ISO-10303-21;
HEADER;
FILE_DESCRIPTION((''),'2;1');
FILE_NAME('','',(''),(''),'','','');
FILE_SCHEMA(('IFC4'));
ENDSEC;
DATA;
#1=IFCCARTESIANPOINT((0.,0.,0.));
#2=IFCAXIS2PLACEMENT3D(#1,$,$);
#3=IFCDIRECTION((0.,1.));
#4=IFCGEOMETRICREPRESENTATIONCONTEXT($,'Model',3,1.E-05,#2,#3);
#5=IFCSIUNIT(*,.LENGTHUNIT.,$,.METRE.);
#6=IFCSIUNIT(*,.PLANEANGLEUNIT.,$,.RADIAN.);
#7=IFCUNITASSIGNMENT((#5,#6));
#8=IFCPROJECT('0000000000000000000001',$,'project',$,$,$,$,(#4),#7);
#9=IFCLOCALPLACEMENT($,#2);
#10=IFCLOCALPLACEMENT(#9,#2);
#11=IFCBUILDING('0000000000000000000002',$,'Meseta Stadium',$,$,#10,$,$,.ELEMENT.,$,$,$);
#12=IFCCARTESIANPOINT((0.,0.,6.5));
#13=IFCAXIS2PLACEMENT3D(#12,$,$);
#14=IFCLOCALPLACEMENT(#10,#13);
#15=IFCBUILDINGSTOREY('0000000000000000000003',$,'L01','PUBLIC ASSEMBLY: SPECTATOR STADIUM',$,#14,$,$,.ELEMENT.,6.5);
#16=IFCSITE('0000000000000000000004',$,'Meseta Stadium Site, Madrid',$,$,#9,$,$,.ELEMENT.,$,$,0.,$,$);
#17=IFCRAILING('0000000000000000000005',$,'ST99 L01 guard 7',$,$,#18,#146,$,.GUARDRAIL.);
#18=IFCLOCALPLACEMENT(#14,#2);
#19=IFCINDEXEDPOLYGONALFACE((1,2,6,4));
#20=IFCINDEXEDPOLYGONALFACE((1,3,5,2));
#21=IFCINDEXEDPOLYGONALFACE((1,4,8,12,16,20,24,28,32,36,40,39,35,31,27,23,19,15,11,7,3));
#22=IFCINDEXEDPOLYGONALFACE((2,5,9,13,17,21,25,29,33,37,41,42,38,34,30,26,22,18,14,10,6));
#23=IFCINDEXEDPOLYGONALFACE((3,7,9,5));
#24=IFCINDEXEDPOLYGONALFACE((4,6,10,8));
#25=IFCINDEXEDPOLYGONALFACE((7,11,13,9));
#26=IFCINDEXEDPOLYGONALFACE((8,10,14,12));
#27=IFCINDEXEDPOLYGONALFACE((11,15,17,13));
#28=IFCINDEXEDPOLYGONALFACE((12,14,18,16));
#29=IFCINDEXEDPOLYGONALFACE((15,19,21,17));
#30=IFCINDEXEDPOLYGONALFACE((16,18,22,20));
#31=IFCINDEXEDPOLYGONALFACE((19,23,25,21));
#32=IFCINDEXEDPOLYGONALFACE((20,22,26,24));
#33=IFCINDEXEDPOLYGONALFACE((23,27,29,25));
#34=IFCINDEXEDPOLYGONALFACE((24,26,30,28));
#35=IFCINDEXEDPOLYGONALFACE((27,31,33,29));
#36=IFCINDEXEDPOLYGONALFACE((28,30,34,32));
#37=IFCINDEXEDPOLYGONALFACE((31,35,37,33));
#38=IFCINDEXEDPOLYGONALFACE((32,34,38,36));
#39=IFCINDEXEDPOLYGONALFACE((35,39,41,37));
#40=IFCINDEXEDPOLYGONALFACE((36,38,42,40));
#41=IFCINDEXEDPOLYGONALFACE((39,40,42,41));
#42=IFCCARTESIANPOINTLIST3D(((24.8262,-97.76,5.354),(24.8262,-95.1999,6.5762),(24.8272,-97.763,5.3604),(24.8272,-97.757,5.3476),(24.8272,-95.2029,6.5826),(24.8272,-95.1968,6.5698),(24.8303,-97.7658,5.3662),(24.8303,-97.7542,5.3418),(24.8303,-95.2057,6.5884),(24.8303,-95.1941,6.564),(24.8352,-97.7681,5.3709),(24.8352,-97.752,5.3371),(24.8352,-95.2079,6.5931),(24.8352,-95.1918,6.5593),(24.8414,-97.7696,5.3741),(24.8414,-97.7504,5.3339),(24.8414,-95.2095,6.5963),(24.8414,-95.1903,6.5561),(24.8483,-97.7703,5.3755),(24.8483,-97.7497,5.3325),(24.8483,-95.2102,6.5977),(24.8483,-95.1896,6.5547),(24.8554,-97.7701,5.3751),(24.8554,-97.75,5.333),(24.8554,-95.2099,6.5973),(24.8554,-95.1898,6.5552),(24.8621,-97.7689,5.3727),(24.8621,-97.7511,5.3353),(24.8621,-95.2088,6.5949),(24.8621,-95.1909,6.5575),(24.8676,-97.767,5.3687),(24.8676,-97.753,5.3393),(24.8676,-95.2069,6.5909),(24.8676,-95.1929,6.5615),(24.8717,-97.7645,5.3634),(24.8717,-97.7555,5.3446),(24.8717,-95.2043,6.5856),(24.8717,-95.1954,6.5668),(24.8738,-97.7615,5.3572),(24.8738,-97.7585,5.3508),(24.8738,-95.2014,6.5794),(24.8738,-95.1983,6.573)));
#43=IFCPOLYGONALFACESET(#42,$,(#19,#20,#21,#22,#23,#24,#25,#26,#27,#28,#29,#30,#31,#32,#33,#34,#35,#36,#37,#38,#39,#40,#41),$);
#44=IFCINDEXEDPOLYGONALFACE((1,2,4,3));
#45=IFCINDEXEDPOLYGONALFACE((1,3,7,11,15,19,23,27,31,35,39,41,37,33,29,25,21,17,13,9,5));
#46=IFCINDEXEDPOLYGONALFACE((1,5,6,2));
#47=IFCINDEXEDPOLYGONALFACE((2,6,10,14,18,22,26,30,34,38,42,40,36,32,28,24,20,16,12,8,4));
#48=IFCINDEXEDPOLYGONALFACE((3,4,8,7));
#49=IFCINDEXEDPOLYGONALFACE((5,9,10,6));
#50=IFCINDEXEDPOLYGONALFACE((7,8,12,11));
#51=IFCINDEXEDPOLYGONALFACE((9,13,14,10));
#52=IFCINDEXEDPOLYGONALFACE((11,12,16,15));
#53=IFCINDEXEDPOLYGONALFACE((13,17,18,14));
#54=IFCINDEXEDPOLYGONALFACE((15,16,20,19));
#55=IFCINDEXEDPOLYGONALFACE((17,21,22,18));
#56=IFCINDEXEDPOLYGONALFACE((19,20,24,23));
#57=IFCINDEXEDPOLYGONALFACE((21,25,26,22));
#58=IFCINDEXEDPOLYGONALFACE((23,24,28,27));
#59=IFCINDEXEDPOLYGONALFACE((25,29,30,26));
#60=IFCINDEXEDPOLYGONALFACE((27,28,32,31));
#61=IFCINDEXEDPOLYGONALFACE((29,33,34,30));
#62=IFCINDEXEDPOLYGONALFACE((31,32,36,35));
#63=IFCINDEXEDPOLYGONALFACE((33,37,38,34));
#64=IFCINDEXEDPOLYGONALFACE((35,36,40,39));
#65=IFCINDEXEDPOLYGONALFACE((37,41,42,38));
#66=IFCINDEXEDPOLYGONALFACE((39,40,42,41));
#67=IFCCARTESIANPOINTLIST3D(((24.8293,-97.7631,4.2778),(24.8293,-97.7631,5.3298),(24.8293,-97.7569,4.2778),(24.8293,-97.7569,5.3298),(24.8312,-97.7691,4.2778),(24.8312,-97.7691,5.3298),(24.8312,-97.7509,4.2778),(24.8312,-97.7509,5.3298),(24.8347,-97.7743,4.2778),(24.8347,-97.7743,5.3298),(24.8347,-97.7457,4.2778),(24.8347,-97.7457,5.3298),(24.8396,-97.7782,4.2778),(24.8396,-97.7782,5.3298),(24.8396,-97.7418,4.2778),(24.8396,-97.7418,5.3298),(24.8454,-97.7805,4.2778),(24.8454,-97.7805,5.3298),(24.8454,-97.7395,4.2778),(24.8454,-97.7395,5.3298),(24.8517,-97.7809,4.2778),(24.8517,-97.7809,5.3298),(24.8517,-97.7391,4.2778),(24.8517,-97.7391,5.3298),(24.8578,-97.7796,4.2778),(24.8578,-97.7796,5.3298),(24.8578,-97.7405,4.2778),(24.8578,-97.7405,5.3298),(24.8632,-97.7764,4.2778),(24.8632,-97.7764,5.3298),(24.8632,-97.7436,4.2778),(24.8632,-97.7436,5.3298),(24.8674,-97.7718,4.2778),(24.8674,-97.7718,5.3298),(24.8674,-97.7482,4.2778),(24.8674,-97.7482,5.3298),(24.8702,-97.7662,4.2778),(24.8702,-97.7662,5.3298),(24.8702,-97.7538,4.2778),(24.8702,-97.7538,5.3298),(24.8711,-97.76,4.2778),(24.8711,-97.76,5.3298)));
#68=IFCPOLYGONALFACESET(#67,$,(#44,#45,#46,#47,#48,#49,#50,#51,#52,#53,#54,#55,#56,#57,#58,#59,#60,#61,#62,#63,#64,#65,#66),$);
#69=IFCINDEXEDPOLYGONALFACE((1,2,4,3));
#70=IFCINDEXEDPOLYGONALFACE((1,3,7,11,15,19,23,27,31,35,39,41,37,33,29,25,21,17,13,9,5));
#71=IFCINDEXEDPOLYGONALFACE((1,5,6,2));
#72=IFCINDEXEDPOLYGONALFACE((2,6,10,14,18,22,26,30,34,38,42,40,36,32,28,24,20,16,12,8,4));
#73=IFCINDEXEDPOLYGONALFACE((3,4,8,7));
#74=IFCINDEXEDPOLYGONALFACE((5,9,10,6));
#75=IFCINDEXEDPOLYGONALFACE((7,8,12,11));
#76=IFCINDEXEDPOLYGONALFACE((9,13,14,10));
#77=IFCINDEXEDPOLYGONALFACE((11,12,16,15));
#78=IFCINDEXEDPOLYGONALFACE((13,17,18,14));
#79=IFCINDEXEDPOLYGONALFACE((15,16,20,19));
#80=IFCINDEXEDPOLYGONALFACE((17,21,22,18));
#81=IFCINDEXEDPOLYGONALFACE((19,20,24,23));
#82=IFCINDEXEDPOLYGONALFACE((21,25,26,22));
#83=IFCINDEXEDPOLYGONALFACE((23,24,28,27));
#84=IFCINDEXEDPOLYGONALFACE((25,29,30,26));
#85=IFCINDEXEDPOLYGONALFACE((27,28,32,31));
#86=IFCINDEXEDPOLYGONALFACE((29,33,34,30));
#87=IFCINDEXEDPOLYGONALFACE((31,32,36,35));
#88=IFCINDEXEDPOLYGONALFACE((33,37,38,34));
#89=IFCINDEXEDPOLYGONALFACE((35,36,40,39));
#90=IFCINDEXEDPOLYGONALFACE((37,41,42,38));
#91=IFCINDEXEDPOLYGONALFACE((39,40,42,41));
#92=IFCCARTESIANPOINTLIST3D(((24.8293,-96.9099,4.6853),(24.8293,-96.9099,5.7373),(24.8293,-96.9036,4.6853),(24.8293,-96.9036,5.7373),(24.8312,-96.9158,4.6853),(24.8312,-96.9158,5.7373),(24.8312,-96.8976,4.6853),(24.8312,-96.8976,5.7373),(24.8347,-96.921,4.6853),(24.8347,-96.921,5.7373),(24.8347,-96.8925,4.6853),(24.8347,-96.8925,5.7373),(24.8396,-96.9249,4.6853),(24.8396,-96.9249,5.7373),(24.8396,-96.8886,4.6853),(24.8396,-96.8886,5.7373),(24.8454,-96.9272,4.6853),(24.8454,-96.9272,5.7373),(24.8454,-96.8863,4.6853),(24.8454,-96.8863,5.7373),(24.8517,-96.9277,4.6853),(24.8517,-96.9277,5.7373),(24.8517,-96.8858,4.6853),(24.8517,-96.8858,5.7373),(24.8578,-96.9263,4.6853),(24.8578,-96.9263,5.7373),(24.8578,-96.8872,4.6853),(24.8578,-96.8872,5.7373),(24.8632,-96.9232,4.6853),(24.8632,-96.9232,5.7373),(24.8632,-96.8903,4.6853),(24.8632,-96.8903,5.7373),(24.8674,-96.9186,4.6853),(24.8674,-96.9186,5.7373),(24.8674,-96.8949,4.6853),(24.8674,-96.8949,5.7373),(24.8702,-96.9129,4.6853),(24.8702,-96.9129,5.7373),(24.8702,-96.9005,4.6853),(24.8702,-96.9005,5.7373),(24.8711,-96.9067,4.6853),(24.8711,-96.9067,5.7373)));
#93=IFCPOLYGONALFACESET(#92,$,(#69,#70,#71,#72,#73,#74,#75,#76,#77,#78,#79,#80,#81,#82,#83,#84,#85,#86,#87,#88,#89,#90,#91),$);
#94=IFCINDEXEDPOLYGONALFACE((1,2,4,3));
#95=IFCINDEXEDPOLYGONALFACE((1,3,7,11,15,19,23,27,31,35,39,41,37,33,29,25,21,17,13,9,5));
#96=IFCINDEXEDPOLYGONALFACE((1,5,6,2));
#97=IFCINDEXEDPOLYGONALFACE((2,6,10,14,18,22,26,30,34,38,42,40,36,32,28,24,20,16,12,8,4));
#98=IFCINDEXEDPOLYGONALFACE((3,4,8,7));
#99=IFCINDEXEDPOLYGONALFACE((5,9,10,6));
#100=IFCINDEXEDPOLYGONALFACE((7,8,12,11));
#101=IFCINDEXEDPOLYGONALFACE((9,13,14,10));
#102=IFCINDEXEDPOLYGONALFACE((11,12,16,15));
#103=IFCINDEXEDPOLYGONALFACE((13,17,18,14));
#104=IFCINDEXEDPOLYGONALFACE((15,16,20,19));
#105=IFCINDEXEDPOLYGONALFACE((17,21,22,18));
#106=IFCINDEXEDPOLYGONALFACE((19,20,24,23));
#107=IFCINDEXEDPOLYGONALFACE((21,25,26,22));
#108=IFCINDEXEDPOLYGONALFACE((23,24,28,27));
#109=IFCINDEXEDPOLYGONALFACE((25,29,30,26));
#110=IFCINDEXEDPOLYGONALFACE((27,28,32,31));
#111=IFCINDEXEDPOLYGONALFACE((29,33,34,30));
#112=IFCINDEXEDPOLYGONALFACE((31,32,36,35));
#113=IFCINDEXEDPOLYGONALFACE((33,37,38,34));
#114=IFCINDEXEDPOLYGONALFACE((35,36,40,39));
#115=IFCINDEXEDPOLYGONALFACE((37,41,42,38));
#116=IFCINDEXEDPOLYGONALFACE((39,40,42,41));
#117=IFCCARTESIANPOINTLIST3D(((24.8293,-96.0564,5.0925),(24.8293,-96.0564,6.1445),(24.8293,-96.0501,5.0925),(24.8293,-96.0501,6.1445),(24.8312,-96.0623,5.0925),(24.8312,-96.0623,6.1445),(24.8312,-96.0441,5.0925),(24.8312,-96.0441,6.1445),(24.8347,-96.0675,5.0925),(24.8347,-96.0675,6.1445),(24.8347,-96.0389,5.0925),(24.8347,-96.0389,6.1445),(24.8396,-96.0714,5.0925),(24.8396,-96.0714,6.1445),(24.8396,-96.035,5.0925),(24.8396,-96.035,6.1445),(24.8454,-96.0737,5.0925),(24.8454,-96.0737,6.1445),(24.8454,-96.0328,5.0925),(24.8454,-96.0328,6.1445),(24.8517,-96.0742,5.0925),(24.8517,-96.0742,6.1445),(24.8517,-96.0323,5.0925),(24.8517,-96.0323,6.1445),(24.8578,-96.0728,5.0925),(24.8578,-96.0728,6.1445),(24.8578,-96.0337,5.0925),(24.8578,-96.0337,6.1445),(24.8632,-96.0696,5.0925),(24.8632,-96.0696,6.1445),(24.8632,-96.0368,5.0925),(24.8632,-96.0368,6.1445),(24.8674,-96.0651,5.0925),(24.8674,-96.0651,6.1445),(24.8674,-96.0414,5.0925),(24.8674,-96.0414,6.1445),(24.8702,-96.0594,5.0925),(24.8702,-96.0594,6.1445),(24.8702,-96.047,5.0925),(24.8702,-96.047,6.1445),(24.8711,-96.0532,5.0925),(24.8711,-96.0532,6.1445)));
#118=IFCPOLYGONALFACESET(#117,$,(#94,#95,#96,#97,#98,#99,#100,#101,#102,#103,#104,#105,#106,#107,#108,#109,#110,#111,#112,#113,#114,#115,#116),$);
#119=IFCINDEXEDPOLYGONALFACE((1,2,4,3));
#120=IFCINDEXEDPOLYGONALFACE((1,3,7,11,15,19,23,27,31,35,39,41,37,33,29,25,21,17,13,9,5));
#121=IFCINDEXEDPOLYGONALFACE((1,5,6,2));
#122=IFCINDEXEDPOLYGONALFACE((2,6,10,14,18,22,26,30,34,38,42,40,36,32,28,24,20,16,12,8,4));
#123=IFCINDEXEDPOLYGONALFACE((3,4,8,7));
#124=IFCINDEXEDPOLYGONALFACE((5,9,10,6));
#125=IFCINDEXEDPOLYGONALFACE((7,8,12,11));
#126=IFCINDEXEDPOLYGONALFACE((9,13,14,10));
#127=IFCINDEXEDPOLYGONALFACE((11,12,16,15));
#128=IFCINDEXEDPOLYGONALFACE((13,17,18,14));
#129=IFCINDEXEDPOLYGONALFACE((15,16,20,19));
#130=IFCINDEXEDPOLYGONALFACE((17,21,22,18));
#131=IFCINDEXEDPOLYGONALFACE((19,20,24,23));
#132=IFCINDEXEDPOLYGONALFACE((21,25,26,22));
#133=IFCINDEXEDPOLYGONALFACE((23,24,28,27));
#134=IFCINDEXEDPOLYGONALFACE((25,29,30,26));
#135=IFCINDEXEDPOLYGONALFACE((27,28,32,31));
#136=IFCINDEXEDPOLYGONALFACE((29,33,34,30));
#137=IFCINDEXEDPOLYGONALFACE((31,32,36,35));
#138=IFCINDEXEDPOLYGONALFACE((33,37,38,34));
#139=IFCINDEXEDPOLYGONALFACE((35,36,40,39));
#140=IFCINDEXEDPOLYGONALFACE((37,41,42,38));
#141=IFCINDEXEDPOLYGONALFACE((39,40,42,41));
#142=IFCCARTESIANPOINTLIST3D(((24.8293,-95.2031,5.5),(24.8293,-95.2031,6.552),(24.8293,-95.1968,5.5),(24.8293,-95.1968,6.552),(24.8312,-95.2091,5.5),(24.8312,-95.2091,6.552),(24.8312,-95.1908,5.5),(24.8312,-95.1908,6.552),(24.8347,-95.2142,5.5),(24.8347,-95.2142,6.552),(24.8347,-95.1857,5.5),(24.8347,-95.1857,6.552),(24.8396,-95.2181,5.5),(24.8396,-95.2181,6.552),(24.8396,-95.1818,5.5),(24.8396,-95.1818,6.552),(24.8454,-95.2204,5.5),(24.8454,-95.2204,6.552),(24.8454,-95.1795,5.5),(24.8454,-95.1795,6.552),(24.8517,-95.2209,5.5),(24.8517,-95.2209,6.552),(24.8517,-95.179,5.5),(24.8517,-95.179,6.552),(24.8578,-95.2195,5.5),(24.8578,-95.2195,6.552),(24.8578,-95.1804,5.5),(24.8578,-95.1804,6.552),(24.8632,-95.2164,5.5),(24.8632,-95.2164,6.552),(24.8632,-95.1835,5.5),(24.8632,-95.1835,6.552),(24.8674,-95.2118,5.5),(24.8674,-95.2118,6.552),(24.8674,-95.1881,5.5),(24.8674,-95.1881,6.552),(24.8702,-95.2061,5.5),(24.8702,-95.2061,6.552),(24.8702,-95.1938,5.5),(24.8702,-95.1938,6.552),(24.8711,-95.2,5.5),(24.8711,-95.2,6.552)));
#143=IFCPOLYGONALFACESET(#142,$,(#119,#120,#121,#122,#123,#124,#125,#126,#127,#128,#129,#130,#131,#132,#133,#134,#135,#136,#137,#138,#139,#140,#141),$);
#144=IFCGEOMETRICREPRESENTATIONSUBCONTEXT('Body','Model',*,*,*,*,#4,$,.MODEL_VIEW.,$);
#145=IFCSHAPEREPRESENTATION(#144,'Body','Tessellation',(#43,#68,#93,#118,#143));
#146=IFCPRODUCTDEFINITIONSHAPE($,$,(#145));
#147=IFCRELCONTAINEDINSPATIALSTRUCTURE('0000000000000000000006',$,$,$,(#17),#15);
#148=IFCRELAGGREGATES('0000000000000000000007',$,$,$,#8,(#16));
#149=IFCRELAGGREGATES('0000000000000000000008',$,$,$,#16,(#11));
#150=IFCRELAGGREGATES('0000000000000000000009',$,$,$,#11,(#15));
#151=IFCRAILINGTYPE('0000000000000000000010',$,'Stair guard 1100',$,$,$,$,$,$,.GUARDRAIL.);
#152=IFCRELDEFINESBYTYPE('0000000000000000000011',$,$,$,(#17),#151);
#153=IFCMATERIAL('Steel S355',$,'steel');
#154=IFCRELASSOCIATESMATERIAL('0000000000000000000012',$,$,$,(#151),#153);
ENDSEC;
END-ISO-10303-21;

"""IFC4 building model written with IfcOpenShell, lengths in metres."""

from ifc_helpers import new_model, si_unit, direction, frame, origin, origin_2d, place, context, subcontext, project, spatial, circle, extrude, material, type_object, element, save


model = new_model("IFC4")

# Units and contexts
model_context = context("Model", 3, precision=1e-05, world=origin(), true_north=direction((0.0, 1.0)))
body_context = subcontext(model_context, "Body", "Model", "MODEL_VIEW")
ifc_project = project(units=[si_unit("LENGTHUNIT", "METRE"), si_unit("PLANEANGLEUNIT", "RADIAN")], contexts=[model_context])

# Site, building, storey
site_placement = place(None, origin())
site = spatial("IfcSite", under=ifc_project, at=site_placement, Name="Meseta Stadium Site, Madrid", CompositionType="ELEMENT", RefElevation=0.0)
building_placement = place(site_placement, origin())
building = spatial("IfcBuilding", under=site, at=building_placement, Name="Meseta Stadium", CompositionType="ELEMENT")
storey_placement = place(building_placement, frame((0.0, 0.0, 6.5)))
storey = spatial("IfcBuildingStorey", under=building, at=storey_placement, Name="L01", Description="PUBLIC ASSEMBLY: SPECTATOR STADIUM", CompositionType="ELEMENT", Elevation=6.5)

# Railing
ifc_material_1 = material(Name="Steel S355", Category="steel")
railing_type_1 = type_object("IfcRailingType", Name="Stair guard 1100", PredefinedType="GUARDRAIL", material=ifc_material_1)
railing_1_placement = place(storey_placement, frame((24.8501, -97.76, 4.2778)))
element("IfcRailing", 1, at=railing_1_placement, inside=storey, type_object=railing_type_1, Name="ST99 L01 guard 7", PredefinedType="GUARDRAIL", context=body_context, shape_type="SweptSolid", body=[
    extrude(circle(Radius=0.0239, at=origin_2d()), frame((0.0, 0.0, 1.0762), z_axis=(0.0, 0.902437, 0.430822), x_axis=(-1.0, 0.0, 0.0)), (0.0, 0.0, 1.0), 2.8369),
    extrude(circle(Radius=0.021, at=origin_2d()), origin(), (0.0, 0.0, 1.0), 1.052),
    extrude(circle(Radius=0.021, at=origin_2d()), frame((0.0, 0.8533, 0.4075)), (0.0, 0.0, 1.0), 1.052),
    extrude(circle(Radius=0.021, at=origin_2d()), frame((0.0, 1.7068, 0.8147)), (0.0, 0.0, 1.0), 1.052),
    extrude(circle(Radius=0.021, at=origin_2d()), frame((0.0, 2.5601, 1.2222)), (0.0, 0.0, 1.0), 1.052),
])

save(model, "model.ifc")
